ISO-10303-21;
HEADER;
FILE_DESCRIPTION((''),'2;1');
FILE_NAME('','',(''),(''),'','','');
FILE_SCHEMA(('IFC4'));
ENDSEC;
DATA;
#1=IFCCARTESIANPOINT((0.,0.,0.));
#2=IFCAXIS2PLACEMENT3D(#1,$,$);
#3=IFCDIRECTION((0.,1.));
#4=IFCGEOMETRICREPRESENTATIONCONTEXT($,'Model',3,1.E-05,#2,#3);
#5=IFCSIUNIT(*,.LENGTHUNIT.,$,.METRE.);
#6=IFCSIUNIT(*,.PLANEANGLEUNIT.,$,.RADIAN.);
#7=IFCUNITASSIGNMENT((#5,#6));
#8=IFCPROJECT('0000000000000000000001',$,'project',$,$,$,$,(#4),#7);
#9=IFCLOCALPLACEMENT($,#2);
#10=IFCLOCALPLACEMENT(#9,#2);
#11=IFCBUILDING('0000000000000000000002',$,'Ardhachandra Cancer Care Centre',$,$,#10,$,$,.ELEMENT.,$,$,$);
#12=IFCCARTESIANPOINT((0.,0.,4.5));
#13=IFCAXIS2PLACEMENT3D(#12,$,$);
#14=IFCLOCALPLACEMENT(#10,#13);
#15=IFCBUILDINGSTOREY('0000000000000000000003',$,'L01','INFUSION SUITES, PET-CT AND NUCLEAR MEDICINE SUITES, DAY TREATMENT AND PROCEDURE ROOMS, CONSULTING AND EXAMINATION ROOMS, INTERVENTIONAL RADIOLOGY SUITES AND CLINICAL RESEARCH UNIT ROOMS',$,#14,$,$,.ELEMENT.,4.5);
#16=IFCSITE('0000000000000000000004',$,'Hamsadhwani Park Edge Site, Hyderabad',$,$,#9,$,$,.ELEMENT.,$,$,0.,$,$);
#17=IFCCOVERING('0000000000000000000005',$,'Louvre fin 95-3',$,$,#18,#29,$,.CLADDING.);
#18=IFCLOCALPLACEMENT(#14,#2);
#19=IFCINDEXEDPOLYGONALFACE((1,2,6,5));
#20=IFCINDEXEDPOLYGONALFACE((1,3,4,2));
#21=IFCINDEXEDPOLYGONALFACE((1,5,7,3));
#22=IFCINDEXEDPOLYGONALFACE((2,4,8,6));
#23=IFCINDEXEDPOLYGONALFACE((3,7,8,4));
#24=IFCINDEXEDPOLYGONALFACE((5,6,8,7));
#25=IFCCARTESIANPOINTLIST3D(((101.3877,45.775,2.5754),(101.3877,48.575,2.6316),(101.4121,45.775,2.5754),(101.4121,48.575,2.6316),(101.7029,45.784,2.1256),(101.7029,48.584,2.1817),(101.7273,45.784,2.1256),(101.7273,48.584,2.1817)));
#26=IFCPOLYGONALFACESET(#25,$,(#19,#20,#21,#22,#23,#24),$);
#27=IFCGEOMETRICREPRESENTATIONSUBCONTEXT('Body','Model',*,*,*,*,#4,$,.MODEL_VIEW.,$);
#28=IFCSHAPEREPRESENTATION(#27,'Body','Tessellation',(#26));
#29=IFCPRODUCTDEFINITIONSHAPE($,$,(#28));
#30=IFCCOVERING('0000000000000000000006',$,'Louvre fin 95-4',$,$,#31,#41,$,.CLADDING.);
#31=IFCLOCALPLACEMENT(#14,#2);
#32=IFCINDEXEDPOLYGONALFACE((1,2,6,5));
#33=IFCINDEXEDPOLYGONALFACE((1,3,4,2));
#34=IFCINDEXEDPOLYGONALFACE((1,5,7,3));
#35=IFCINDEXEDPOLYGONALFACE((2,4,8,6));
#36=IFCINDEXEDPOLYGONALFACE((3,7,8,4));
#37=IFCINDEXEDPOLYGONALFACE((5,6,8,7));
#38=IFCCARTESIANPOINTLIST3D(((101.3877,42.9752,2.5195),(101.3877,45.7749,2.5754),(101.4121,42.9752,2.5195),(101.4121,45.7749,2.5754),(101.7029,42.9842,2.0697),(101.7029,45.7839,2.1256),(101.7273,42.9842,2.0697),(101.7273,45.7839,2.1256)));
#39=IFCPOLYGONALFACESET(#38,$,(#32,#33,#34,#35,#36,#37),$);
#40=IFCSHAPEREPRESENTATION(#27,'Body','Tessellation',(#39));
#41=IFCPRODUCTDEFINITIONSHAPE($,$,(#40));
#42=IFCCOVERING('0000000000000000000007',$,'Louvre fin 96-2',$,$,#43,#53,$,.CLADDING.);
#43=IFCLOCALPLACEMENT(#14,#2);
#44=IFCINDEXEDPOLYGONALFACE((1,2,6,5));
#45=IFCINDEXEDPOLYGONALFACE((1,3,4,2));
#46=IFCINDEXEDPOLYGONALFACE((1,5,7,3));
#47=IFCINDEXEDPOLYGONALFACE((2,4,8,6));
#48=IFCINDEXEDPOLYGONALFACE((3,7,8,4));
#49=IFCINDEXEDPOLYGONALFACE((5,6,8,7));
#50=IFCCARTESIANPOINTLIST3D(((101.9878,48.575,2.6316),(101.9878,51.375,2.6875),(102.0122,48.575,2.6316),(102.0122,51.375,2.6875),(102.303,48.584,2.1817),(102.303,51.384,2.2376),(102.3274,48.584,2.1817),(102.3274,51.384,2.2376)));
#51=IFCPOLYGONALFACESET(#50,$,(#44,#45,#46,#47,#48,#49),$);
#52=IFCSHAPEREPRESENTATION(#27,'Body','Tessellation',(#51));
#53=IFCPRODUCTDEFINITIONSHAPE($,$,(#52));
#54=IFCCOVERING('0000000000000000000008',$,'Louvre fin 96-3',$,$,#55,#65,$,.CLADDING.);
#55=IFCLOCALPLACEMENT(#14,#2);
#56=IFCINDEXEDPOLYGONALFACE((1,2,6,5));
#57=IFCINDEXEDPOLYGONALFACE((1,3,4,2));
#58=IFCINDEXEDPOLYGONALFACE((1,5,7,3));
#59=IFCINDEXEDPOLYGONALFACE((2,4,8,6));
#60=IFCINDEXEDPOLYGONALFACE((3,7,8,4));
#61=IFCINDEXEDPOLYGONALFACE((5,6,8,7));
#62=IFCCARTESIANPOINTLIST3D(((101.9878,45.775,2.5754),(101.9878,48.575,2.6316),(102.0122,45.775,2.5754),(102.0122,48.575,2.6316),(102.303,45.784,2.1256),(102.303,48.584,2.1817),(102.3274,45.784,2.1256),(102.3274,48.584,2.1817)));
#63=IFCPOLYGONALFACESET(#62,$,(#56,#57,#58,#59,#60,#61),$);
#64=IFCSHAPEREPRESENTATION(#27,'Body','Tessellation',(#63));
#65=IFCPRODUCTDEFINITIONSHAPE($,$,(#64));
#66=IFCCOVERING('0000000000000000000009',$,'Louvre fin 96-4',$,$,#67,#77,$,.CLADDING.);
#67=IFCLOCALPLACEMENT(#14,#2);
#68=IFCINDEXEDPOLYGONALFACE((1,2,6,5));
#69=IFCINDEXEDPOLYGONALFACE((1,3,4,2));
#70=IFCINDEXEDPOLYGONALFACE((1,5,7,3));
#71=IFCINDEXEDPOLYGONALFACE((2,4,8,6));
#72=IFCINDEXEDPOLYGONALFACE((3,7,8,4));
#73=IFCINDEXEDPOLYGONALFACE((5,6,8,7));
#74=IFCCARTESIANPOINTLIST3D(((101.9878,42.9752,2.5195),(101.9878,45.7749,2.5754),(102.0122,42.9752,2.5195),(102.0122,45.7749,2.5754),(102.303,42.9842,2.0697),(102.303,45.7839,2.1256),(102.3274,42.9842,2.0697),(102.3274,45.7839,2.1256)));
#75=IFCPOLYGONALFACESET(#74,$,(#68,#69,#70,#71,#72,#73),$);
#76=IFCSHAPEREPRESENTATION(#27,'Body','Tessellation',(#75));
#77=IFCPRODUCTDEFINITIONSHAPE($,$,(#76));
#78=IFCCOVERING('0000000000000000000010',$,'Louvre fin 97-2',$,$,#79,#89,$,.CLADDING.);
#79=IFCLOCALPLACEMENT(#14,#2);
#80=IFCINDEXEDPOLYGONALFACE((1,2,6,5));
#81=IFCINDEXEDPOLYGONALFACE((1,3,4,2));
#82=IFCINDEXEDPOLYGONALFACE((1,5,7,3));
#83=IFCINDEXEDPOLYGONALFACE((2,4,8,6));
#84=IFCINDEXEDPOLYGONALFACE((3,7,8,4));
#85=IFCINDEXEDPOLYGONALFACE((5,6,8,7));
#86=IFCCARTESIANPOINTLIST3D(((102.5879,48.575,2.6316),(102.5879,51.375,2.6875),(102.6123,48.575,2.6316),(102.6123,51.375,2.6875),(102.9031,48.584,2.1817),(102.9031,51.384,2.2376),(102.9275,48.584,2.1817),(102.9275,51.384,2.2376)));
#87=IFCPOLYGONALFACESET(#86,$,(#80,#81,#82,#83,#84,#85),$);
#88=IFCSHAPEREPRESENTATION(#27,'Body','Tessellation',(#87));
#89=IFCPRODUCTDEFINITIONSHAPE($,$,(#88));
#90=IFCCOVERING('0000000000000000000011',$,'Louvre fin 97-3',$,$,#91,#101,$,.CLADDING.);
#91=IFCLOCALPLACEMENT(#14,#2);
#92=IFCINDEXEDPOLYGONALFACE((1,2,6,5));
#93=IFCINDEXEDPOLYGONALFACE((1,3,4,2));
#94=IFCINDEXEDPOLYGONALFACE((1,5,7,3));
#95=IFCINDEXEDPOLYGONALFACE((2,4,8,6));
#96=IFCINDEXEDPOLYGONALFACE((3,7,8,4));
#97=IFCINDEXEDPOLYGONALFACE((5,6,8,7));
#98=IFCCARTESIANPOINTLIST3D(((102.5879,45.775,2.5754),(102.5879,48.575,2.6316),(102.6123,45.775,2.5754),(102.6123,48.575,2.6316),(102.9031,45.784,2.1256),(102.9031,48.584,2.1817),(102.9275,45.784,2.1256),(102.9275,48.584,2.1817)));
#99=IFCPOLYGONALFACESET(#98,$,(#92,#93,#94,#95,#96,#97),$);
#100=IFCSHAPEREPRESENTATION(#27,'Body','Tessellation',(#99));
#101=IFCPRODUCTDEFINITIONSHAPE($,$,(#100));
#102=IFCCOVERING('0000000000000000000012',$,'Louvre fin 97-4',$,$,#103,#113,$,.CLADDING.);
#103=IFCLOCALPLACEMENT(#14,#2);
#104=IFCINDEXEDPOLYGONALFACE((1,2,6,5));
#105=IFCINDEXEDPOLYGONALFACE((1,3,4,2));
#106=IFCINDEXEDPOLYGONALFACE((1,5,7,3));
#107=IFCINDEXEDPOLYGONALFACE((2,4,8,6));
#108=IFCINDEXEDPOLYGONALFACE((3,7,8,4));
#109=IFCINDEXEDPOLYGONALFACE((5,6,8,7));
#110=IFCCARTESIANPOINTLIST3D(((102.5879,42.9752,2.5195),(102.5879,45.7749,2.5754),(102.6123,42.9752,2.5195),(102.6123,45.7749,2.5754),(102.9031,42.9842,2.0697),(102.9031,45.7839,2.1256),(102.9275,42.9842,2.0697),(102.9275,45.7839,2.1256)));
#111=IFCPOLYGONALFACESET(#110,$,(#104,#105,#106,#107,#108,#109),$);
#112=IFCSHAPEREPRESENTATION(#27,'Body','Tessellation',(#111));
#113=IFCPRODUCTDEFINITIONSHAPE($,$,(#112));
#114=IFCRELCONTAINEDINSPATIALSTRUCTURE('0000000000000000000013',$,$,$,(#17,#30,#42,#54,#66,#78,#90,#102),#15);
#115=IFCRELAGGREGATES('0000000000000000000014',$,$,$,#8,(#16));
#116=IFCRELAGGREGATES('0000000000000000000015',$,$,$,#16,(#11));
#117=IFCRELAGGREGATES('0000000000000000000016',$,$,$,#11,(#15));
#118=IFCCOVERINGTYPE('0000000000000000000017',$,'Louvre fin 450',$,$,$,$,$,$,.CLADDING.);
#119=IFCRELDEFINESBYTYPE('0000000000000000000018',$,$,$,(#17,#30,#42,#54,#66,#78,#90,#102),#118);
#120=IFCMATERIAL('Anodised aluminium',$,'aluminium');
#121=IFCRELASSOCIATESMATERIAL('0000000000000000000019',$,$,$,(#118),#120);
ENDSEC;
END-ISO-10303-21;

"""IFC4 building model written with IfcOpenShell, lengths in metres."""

from ifc_helpers import new_model, si_unit, direction, frame, origin, place, context, subcontext, project, spatial, polyline, outline, extrude, material, material_profile, profile_set, type_object, element, save


model = new_model("IFC4")

# Units and contexts
model_context = context("Model", 3, precision=1e-05, world=origin(), true_north=direction((0.0, 1.0)))
body_context = subcontext(model_context, "Body", "Model", "MODEL_VIEW")
ifc_project = project(units=[si_unit("LENGTHUNIT", "METRE"), si_unit("PLANEANGLEUNIT", "RADIAN")], contexts=[model_context])

# Site, building, storey
site_placement = place(None, origin())
site = spatial("IfcSite", under=ifc_project, at=site_placement, Name="Hamsadhwani Park Edge Site, Hyderabad", CompositionType="ELEMENT", RefElevation=0.0)
building_placement = place(site_placement, origin())
building = spatial("IfcBuilding", under=site, at=building_placement, Name="Ardhachandra Cancer Care Centre", CompositionType="ELEMENT")
storey_placement = place(building_placement, frame((0.0, 0.0, 4.5)))
storey = spatial("IfcBuildingStorey", under=building, at=storey_placement, Name="L01", Description="INFUSION SUITES, PET-CT AND NUCLEAR MEDICINE SUITES, DAY TREATMENT AND PROCEDURE ROOMS, CONSULTING AND EXAMINATION ROOMS, INTERVENTIONAL RADIOLOGY SUITES AND CLINICAL RESEARCH UNIT ROOMS", CompositionType="ELEMENT", Elevation=4.5)

# Coverings
ifc_material_1 = material(Name="Anodised aluminium", Category="aluminium")
ifc_material_profile = material_profile(ifc_material_1, outline(polyline([(-0.0122, 0.0), (0.0122, 0.0), (0.3274, -0.45), (0.303, -0.45), (-0.0122, 0.0)])), Name="Louvre fin 450")
ifc_profile_set = profile_set([ifc_material_profile], Name="Anodised aluminium")
covering_type = type_object("IfcCoveringType", Name="Louvre fin 450", PredefinedType="CLADDING", material=ifc_profile_set)
for number, where, z_axis, x_axis, name in (
    (1, (101.3999, 48.575, 2.6316), (0.0, -0.999799, -0.02005), (1.0, 0.0, 0.0), "Louvre fin 95-3"),
):
    element("IfcCovering", number, at=place(storey_placement, frame(where, z_axis=z_axis, x_axis=x_axis)), inside=storey, type_object=covering_type, Name=name, PredefinedType="CLADDING", context=body_context, shape_type="SweptSolid", body=[
        extrude(outline(polyline([(-0.0122, 0.0), (0.0122, 0.0), (0.3274, -0.45), (0.303, -0.45), (-0.0122, 0.0)])), origin(), (0.0, 0.0, 1.0), 2.8005),
    ])
covering_1_placement = place(storey_placement, frame((101.3999, 45.7749, 2.5754), z_axis=(0.0, -0.999801, -0.019965), x_axis=(1.0, 0.0, 0.0)))
element("IfcCovering", 2, at=covering_1_placement, inside=storey, type_object=covering_type, Name="Louvre fin 95-4", PredefinedType="CLADDING", context=body_context, shape_type="SweptSolid", body=[
    extrude(outline(polyline([(-0.0122, 0.0), (0.0122, 0.0), (0.3274, -0.45), (0.303, -0.45), (-0.0122, 0.0)])), origin(), (0.0, 0.0, 1.0), 2.8003),
])
for number, where, z_axis, x_axis, name in (
    (3, (102.0, 51.375, 2.6875), (0.0, -0.999801, -0.019963), (1.0, 0.0, 0.0), "Louvre fin 96-2"),
    (4, (102.0, 48.575, 2.6316), (0.0, -0.999799, -0.02005), (1.0, 0.0, 0.0), "Louvre fin 96-3"),
):
    element("IfcCovering", number, at=place(storey_placement, frame(where, z_axis=z_axis, x_axis=x_axis)), inside=storey, type_object=covering_type, Name=name, PredefinedType="CLADDING", context=body_context, shape_type="SweptSolid", body=[
        extrude(outline(polyline([(-0.0122, 0.0), (0.0122, 0.0), (0.3274, -0.45), (0.303, -0.45), (-0.0122, 0.0)])), origin(), (0.0, 0.0, 1.0), 2.8005),
    ])
covering_2_placement = place(storey_placement, frame((102.0, 45.7749, 2.5754), z_axis=(0.0, -0.999801, -0.019965), x_axis=(1.0, 0.0, 0.0)))
element("IfcCovering", 5, at=covering_2_placement, inside=storey, type_object=covering_type, Name="Louvre fin 96-4", PredefinedType="CLADDING", context=body_context, shape_type="SweptSolid", body=[
    extrude(outline(polyline([(-0.0122, 0.0), (0.0122, 0.0), (0.3274, -0.45), (0.303, -0.45), (-0.0122, 0.0)])), origin(), (0.0, 0.0, 1.0), 2.8003),
])
for number, where, z_axis, x_axis, name in (
    (6, (102.6001, 51.375, 2.6875), (0.0, -0.999801, -0.019963), (1.0, 0.0, 0.0), "Louvre fin 97-2"),
    (7, (102.6001, 48.575, 2.6316), (0.0, -0.999799, -0.02005), (1.0, 0.0, 0.0), "Louvre fin 97-3"),
):
    element("IfcCovering", number, at=place(storey_placement, frame(where, z_axis=z_axis, x_axis=x_axis)), inside=storey, type_object=covering_type, Name=name, PredefinedType="CLADDING", context=body_context, shape_type="SweptSolid", body=[
        extrude(outline(polyline([(-0.0122, 0.0), (0.0122, 0.0), (0.3274, -0.45), (0.303, -0.45), (-0.0122, 0.0)])), origin(), (0.0, 0.0, 1.0), 2.8005),
    ])
covering_3_placement = place(storey_placement, frame((102.6001, 45.7749, 2.5754), z_axis=(0.0, -0.999801, -0.019965), x_axis=(1.0, 0.0, 0.0)))
element("IfcCovering", 8, at=covering_3_placement, inside=storey, type_object=covering_type, Name="Louvre fin 97-4", PredefinedType="CLADDING", context=body_context, shape_type="SweptSolid", body=[
    extrude(outline(polyline([(-0.0122, 0.0), (0.0122, 0.0), (0.3274, -0.45), (0.303, -0.45), (-0.0122, 0.0)])), origin(), (0.0, 0.0, 1.0), 2.8003),
])

save(model, "model.ifc")
